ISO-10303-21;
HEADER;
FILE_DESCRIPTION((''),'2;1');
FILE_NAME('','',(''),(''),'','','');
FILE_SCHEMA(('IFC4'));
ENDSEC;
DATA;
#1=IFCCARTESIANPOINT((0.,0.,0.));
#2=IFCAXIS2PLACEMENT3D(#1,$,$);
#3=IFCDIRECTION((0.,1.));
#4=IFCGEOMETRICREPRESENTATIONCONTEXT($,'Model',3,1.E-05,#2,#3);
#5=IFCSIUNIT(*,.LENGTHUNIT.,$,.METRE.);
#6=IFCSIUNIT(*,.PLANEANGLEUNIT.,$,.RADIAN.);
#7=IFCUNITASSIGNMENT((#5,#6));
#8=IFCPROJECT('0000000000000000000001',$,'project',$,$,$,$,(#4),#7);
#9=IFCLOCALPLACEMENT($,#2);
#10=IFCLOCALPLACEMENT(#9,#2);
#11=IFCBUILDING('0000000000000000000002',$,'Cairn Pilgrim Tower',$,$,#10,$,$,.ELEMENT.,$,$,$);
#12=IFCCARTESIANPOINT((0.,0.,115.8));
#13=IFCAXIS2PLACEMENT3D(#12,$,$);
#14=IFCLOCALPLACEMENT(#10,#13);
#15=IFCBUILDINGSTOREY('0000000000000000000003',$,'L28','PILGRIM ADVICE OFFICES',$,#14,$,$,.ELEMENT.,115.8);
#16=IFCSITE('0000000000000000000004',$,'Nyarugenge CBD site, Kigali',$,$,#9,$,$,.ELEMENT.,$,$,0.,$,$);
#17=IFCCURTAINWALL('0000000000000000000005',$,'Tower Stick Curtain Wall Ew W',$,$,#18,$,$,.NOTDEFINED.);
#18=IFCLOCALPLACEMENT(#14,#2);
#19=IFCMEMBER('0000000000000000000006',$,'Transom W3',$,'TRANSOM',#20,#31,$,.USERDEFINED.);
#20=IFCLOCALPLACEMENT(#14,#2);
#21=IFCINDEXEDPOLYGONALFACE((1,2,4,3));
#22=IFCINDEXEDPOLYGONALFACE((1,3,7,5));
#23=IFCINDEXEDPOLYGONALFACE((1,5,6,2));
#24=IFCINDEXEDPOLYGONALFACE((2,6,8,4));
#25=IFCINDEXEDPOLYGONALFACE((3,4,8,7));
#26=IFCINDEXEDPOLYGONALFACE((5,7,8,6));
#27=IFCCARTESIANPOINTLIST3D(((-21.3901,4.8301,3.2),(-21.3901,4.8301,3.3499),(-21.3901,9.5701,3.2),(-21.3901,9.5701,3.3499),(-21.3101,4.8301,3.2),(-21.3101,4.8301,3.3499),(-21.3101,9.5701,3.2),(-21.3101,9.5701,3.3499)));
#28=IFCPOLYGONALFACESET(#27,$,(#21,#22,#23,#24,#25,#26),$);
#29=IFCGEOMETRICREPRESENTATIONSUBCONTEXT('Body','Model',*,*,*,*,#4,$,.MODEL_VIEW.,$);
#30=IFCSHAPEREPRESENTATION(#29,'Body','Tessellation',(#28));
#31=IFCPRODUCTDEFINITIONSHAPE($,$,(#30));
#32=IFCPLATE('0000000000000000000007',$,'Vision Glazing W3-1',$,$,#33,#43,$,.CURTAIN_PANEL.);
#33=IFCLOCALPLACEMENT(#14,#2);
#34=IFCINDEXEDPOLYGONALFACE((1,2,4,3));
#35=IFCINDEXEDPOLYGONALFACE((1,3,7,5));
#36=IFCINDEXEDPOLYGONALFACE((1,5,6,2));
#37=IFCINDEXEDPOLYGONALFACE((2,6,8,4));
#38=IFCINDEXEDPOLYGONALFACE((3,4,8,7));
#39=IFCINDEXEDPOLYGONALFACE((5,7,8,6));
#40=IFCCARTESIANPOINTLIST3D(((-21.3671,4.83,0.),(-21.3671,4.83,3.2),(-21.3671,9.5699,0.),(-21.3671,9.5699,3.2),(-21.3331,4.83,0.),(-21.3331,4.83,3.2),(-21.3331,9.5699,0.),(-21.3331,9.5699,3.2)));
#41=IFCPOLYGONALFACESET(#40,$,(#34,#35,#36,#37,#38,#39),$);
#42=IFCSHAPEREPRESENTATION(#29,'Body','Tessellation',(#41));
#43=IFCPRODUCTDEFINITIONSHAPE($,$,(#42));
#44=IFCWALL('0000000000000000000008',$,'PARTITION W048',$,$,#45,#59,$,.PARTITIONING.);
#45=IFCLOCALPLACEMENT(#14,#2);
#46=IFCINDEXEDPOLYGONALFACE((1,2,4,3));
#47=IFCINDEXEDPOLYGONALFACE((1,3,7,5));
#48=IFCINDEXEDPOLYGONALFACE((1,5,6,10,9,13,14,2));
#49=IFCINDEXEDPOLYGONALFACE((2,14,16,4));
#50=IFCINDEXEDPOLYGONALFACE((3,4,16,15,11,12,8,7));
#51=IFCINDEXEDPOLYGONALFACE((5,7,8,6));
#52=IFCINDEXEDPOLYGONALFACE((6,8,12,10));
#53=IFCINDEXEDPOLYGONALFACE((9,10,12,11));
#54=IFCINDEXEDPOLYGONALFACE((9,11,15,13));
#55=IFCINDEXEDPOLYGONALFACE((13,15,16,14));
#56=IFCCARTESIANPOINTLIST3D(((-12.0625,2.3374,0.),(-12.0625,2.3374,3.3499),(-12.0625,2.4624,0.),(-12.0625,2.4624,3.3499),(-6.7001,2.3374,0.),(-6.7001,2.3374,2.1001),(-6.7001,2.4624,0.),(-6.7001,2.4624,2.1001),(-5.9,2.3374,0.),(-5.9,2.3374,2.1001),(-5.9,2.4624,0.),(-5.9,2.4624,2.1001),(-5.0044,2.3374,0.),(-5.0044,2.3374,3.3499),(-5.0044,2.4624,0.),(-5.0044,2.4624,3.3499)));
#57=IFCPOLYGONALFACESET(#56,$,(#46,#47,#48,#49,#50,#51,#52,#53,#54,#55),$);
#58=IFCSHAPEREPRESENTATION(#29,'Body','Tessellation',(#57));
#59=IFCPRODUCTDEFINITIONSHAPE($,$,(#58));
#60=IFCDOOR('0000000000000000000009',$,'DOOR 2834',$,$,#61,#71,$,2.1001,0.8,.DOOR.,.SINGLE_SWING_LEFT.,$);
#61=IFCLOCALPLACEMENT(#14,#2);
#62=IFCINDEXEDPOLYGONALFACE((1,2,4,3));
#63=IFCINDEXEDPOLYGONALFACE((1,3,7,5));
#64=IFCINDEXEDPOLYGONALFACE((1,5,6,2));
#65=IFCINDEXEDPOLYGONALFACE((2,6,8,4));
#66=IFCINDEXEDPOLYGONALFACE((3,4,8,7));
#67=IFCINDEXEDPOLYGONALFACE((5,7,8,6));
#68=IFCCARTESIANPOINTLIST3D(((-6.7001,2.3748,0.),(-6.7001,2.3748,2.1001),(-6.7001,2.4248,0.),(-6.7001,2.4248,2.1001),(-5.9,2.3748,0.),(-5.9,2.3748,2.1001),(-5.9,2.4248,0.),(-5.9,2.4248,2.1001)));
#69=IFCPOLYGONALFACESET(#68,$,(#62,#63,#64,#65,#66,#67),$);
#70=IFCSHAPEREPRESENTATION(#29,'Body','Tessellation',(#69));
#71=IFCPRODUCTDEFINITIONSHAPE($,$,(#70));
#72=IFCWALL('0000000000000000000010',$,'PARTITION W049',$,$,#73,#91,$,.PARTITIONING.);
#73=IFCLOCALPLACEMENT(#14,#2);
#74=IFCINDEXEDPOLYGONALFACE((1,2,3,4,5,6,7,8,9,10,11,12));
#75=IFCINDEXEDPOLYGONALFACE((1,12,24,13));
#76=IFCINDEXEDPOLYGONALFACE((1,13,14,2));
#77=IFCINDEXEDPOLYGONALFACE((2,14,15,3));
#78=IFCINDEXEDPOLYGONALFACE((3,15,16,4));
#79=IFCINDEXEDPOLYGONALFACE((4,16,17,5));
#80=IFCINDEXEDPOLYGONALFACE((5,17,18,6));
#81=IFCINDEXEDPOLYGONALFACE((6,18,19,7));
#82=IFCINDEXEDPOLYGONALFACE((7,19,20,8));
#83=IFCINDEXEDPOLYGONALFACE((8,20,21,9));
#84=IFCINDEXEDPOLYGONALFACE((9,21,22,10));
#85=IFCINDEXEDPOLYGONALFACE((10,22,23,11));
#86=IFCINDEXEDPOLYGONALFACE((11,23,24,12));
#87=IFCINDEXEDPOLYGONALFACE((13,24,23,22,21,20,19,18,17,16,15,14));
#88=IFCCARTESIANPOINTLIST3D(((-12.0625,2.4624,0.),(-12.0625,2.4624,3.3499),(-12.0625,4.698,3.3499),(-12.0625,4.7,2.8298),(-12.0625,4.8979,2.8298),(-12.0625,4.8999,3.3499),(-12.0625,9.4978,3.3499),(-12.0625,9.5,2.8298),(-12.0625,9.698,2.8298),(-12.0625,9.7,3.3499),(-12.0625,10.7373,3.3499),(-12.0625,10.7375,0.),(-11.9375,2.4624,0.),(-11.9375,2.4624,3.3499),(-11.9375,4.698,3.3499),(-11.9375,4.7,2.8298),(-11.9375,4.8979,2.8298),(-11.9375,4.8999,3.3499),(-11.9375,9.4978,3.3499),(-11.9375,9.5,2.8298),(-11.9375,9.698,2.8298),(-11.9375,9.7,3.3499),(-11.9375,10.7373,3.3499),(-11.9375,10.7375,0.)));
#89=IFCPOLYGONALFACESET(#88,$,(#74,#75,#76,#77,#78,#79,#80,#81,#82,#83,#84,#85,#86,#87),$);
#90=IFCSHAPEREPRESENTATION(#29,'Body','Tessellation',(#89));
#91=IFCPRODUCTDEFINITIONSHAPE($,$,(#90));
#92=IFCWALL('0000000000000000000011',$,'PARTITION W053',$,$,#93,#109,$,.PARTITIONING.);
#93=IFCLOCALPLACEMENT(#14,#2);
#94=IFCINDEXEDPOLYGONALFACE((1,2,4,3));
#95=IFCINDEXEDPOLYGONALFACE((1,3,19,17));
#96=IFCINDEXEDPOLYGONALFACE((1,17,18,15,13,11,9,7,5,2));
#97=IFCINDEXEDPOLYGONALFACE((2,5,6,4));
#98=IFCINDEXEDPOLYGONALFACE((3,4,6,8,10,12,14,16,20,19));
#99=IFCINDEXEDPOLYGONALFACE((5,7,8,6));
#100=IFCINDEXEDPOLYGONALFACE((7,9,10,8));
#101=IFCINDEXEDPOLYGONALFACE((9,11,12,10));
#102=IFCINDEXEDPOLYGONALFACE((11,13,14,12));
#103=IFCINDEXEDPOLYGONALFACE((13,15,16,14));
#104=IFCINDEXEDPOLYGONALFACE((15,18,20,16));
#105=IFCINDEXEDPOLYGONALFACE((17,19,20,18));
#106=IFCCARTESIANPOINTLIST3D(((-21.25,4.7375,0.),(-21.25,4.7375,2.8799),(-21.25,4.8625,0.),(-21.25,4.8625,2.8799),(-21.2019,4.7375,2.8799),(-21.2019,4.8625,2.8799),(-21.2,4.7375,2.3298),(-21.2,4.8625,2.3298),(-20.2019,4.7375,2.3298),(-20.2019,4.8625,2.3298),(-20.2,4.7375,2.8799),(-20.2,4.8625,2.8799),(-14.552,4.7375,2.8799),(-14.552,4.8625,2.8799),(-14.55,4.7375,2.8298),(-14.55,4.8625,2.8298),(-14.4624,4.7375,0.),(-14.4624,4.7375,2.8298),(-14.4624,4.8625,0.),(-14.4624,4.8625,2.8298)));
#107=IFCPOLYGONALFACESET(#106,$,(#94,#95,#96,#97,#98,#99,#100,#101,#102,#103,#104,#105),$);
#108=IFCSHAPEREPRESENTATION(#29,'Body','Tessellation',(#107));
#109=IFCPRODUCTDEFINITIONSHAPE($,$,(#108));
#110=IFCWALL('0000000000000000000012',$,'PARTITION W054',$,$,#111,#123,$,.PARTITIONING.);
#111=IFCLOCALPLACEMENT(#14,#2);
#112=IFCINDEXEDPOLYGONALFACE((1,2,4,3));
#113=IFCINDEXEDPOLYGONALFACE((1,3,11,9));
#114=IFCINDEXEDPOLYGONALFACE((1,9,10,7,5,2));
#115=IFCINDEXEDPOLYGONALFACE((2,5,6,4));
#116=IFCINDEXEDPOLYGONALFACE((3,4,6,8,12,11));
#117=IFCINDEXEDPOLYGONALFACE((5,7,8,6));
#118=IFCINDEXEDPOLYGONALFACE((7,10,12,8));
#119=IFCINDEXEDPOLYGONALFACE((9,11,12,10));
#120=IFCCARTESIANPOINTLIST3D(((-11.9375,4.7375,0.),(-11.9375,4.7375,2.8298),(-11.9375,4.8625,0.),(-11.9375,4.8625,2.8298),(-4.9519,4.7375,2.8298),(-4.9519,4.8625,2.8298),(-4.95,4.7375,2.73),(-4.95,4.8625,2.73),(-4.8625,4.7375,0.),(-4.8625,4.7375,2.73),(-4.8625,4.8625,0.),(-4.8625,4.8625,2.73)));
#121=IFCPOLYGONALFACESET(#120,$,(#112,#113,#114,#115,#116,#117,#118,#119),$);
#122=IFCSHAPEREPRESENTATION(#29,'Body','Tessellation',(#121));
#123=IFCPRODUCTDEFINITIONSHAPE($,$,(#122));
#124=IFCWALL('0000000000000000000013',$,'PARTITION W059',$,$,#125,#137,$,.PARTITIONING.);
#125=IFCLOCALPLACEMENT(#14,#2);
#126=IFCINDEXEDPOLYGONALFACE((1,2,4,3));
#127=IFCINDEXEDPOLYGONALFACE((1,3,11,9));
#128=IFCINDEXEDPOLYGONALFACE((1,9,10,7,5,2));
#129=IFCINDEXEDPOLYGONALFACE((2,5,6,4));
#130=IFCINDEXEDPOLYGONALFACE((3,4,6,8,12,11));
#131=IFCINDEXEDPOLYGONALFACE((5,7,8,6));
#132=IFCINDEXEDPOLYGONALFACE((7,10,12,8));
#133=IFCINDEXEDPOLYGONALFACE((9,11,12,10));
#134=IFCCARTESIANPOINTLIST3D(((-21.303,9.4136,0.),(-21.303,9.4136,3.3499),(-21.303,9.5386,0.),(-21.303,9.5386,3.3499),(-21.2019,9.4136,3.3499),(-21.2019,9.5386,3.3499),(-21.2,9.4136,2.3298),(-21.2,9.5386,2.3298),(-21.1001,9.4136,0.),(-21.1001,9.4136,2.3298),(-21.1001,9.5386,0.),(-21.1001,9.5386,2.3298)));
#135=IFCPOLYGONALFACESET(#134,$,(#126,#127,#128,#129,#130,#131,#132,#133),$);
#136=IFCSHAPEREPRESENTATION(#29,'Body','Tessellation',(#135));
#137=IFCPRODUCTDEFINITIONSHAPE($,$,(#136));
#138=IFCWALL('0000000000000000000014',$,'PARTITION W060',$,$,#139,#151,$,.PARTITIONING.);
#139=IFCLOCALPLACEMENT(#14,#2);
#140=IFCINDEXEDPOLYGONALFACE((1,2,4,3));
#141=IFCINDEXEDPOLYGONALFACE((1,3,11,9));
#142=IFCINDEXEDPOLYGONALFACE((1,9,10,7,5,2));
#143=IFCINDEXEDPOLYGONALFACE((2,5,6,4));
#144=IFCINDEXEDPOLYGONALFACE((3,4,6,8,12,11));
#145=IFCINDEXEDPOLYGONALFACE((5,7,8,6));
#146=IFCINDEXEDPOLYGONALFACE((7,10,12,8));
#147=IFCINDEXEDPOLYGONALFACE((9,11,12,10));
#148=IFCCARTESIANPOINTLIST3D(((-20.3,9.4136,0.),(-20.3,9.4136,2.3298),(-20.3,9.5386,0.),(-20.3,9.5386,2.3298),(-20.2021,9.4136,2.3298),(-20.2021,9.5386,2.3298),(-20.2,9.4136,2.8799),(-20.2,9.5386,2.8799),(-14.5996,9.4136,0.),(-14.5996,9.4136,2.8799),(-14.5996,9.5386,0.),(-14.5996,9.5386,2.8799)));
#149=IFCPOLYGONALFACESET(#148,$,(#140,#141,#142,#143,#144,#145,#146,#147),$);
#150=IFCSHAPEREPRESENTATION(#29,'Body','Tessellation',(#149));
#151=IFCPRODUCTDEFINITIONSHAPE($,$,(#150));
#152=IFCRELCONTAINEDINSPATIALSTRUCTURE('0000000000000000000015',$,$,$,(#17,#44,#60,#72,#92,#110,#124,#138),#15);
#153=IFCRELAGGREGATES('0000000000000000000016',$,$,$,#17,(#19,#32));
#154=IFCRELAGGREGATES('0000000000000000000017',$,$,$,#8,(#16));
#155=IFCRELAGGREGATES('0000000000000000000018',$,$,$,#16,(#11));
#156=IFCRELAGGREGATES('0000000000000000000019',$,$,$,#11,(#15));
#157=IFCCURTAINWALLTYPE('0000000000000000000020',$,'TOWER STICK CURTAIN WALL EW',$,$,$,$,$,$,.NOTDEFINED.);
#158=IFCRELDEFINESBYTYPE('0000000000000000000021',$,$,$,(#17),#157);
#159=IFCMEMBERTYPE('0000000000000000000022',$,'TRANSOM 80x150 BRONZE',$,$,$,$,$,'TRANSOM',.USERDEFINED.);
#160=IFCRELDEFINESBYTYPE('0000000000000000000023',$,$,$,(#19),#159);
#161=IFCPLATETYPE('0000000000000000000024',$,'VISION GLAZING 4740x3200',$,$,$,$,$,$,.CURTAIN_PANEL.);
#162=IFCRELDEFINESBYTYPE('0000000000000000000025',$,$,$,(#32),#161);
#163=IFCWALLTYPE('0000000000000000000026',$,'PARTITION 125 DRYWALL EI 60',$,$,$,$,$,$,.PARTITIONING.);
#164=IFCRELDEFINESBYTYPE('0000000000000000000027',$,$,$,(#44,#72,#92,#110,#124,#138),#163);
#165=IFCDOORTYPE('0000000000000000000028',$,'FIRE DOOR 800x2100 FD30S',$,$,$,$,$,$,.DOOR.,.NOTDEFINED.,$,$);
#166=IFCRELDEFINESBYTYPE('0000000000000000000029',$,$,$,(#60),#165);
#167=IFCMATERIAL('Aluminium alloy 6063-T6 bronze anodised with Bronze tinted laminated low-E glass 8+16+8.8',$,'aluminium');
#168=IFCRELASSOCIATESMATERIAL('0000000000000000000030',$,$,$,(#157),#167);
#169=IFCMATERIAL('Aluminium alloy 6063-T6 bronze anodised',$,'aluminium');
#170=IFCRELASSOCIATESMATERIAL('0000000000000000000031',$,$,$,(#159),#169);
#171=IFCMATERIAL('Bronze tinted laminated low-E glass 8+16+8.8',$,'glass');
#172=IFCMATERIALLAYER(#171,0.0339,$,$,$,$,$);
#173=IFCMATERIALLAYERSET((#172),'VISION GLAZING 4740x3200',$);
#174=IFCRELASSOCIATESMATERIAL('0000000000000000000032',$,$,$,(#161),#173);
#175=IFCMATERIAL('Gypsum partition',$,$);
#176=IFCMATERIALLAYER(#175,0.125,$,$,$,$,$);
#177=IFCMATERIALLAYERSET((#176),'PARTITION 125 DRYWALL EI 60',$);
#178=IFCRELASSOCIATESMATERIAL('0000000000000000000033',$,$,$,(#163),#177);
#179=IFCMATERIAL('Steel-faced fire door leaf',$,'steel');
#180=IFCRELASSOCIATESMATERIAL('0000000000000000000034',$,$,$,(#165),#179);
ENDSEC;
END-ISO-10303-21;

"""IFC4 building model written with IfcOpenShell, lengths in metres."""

from ifc_helpers import new_model, si_unit, direction, frame, frame_2d, origin, origin_2d, place, context, subcontext, project, spatial, polyline, rectangle, outline, extrude, material, layer, layer_set, material_profile, profile_set, type_object, element, fill, aggregate, save


model = new_model("IFC4")

# Units and contexts
model_context = context("Model", 3, precision=1e-05, world=origin(), true_north=direction((0.0, 1.0)))
body_context = subcontext(model_context, "Body", "Model", "MODEL_VIEW")
ifc_project = project(units=[si_unit("LENGTHUNIT", "METRE"), si_unit("PLANEANGLEUNIT", "RADIAN")], contexts=[model_context])

# Site, building, storey
site_placement = place(None, origin())
site = spatial("IfcSite", under=ifc_project, at=site_placement, Name="Nyarugenge CBD site, Kigali", CompositionType="ELEMENT", RefElevation=0.0)
building_placement = place(site_placement, origin())
building = spatial("IfcBuilding", under=site, at=building_placement, Name="Cairn Pilgrim Tower", CompositionType="ELEMENT")
storey_placement = place(building_placement, frame((0.0, 0.0, 115.8)))
storey = spatial("IfcBuildingStorey", under=building, at=storey_placement, Name="L28", Description="PILGRIM ADVICE OFFICES", CompositionType="ELEMENT", Elevation=115.8)

# Curtain wall
ifc_material_1 = material(Name="Aluminium alloy 6063-T6 bronze anodised with Bronze tinted laminated low-E glass 8+16+8.8", Category="aluminium")
curtain_wall_type = type_object("IfcCurtainWallType", Name="TOWER STICK CURTAIN WALL EW", PredefinedType="NOTDEFINED", material=ifc_material_1)
curtain_wall_placement = place(storey_placement, origin())
curtain_wall = element("IfcCurtainWall", 1, at=curtain_wall_placement, inside=storey, type_object=curtain_wall_type, Name="Tower Stick Curtain Wall Ew W", PredefinedType="NOTDEFINED")
ifc_material_2 = material(Name="Aluminium alloy 6063-T6 bronze anodised", Category="aluminium")

# Member
ifc_material_profile_1 = material_profile(ifc_material_2, rectangle(XDim=0.0801, YDim=0.1499, at=origin_2d()), Name="TRANSOM 80x150 BRONZE")
ifc_profile_set_1 = profile_set([ifc_material_profile_1], Name="Aluminium alloy 6063-T6 bronze anodised")
member_type_1 = type_object("IfcMemberType", Name="TRANSOM 80x150 BRONZE", ElementType="TRANSOM", PredefinedType="USERDEFINED", material=ifc_profile_set_1)
member_1_placement = place(storey_placement, frame((-21.3501, 9.5701, 3.2749), z_axis=(0.0, -1.0, 0.0), x_axis=(1.0, 0.0, 0.0)))
member_1 = element("IfcMember", 2, at=member_1_placement, type_object=member_type_1, Name="Transom W3", ObjectType="TRANSOM", PredefinedType="USERDEFINED", context=body_context, shape_type="SweptSolid", body=[
    extrude(rectangle(XDim=0.0801, YDim=0.1499, at=origin_2d()), origin(), (0.0, 0.0, 1.0), 4.74),
])

# Plate
ifc_material_3 = material(Name="Bronze tinted laminated low-E glass 8+16+8.8", Category="glass")
ifc_layer_1 = layer(ifc_material_3, 0.0339)
ifc_layer_set_1 = layer_set([ifc_layer_1], Name="VISION GLAZING 4740x3200")
plate_type = type_object("IfcPlateType", Name="VISION GLAZING 4740x3200", PredefinedType="CURTAIN_PANEL", material=ifc_layer_set_1)
plate_placement = place(storey_placement, frame((-21.3501, 7.2, 0.0), z_axis=(0.0, 0.0, 1.0), x_axis=(0.0, -1.0, 0.0)))
plate = element("IfcPlate", 3, at=plate_placement, type_object=plate_type, Name="Vision Glazing W3-1", PredefinedType="CURTAIN_PANEL", context=body_context, shape_type="SweptSolid", body=[
    extrude(rectangle(XDim=4.74, YDim=0.0339, at=origin_2d()), origin(), (0.0, 0.0, 1.0), 3.2),
])
aggregate(curtain_wall, [member_1, plate])

# Wall, opening, door
ifc_material_4 = material(Name="Gypsum partition")
ifc_layer_2 = layer(ifc_material_4, 0.125)
ifc_layer_set_2 = layer_set([ifc_layer_2], Name="PARTITION 125 DRYWALL EI 60")
wall_type_1 = type_object("IfcWallType", Name="PARTITION 125 DRYWALL EI 60", PredefinedType="PARTITIONING", material=ifc_layer_set_2)
wall_1_placement = place(storey_placement, frame((-12.0625, 2.3999, 0.0), z_axis=(0.0, 0.0, 1.0), x_axis=(1.0, 0.0, 0.0)))
wall_1 = element("IfcWall", 4, at=wall_1_placement, inside=storey, type_object=wall_type_1, Name="PARTITION W048", PredefinedType="PARTITIONING", context=body_context, shape_type="SweptSolid", body=[
    extrude(rectangle(XDim=7.0581, YDim=0.125, at=frame_2d((3.5291, 0.0))), origin(), (0.0, 0.0, 1.0), 3.3499),
])
opening_1_placement = place(wall_1_placement, frame((5.3625, 0.0, 0.0)))
opening_1 = element("IfcOpeningElement", 5, at=opening_1_placement, cuts=wall_1, PredefinedType="OPENING", context=body_context, shape_type="SweptSolid", body=[
    extrude(rectangle(XDim=0.8, YDim=2.1001, at=frame_2d((0.3999, 1.05))), frame((0.0, 0.0725, 0.0), z_axis=(0.0, -1.0, 0.0), x_axis=(1.0, 0.0, 0.0)), (0.0, 0.0, 1.0), 0.145),
])
ifc_material_5 = material(Name="Steel-faced fire door leaf", Category="steel")
door_type_1 = type_object("IfcDoorType", Name="FIRE DOOR 800x2100 FD30S", OperationType="NOTDEFINED", PredefinedType="DOOR", material=ifc_material_5)
door_1_placement = place(opening_1_placement, origin())
door_1 = element("IfcDoor", 6, at=door_1_placement, inside=storey, type_object=door_type_1, Name="DOOR 2834", OperationType="SINGLE_SWING_LEFT", OverallHeight=2.1001, OverallWidth=0.8, PredefinedType="DOOR", context=body_context, shape_type="SweptSolid", body=[
    extrude(rectangle(XDim=0.8, YDim=2.1001, at=frame_2d((0.3999, 1.05))), frame((0.0, 0.0249, 0.0), z_axis=(0.0, -1.0, 0.0), x_axis=(1.0, 0.0, 0.0)), (0.0, 0.0, 1.0), 0.05),
])
fill(opening_1, door_1)

# Walls
wall_2_placement = place(storey_placement, frame((-12.0, 2.4624, 0.0), z_axis=(0.0, 0.0, 1.0), x_axis=(0.0, 1.0, 0.0)))
element("IfcWall", 7, at=wall_2_placement, inside=storey, type_object=wall_type_1, Name="PARTITION W049", PredefinedType="PARTITIONING", context=body_context, shape_type="SweptSolid", body=[
    extrude(outline(polyline([(0.0, 0.0), (8.2751, 0.0), (8.2749, 3.3499), (7.2375, 3.3499), (7.2356, 2.8298), (7.0376, 2.8298), (7.0354, 3.3499), (2.4375, 3.3499), (2.4355, 2.8298), (2.2375, 2.8298), (2.2356, 3.3499), (0.0, 3.3499), (0.0, 0.0)])), frame((0.0, 0.0625, 0.0), z_axis=(0.0, -1.0, 0.0), x_axis=(1.0, 0.0, 0.0)), (0.0, 0.0, 1.0), 0.125),
])
wall_3_placement = place(storey_placement, frame((-21.25, 4.8, 0.0), z_axis=(0.0, 0.0, 1.0), x_axis=(1.0, 0.0, 0.0)))
element("IfcWall", 8, at=wall_3_placement, inside=storey, type_object=wall_type_1, Name="PARTITION W053", PredefinedType="PARTITIONING", context=body_context, shape_type="SweptSolid", body=[
    extrude(outline(polyline([(0.0, 0.0), (6.7876, 0.0), (6.7876, 2.8298), (6.7, 2.8298), (6.698, 2.8799), (1.05, 2.8799), (1.0481, 2.3298), (0.05, 2.3298), (0.0481, 2.8799), (0.0, 2.8799), (0.0, 0.0)])), frame((0.0, 0.0625, 0.0), z_axis=(0.0, -1.0, 0.0), x_axis=(1.0, 0.0, 0.0)), (0.0, 0.0, 1.0), 0.125),
])
wall_4_placement = place(storey_placement, frame((-11.9375, 4.8, 0.0), z_axis=(0.0, 0.0, 1.0), x_axis=(1.0, 0.0, 0.0)))
element("IfcWall", 9, at=wall_4_placement, inside=storey, type_object=wall_type_1, Name="PARTITION W054", PredefinedType="PARTITIONING", context=body_context, shape_type="SweptSolid", body=[
    extrude(outline(polyline([(0.0, 0.0), (7.075, 0.0), (7.075, 2.73), (6.9875, 2.73), (6.9856, 2.8298), (0.0, 2.8298), (0.0, 0.0)])), frame((0.0, 0.0625, 0.0), z_axis=(0.0, -1.0, 0.0), x_axis=(1.0, 0.0, 0.0)), (0.0, 0.0, 1.0), 0.125),
])
wall_5_placement = place(storey_placement, frame((-21.303, 9.4761, 0.0), z_axis=(0.0, 0.0, 1.0), x_axis=(1.0, 0.0, 0.0)))
element("IfcWall", 10, at=wall_5_placement, inside=storey, type_object=wall_type_1, Name="PARTITION W059", PredefinedType="PARTITIONING", context=body_context, shape_type="SweptSolid", body=[
    extrude(outline(polyline([(0.0, 0.0), (0.2029, 0.0), (0.2029, 2.3298), (0.103, 2.3298), (0.1011, 3.3499), (0.0, 3.3499), (0.0, 0.0)])), frame((0.0, 0.0625, 0.0), z_axis=(0.0, -1.0, 0.0), x_axis=(1.0, 0.0, 0.0)), (0.0, 0.0, 1.0), 0.125),
])
wall_6_placement = place(storey_placement, frame((-20.3, 9.4761, 0.0), z_axis=(0.0, 0.0, 1.0), x_axis=(1.0, 0.0, 0.0)))
element("IfcWall", 11, at=wall_6_placement, inside=storey, type_object=wall_type_1, Name="PARTITION W060", PredefinedType="PARTITIONING", context=body_context, shape_type="SweptSolid", body=[
    extrude(outline(polyline([(0.0, 0.0), (5.7004, 0.0), (5.7004, 2.8799), (0.1001, 2.8799), (0.0979, 2.3298), (0.0, 2.3298), (0.0, 0.0)])), frame((0.0, 0.0625, 0.0), z_axis=(0.0, -1.0, 0.0), x_axis=(1.0, 0.0, 0.0)), (0.0, 0.0, 1.0), 0.125),
])

save(model, "model.ifc")
